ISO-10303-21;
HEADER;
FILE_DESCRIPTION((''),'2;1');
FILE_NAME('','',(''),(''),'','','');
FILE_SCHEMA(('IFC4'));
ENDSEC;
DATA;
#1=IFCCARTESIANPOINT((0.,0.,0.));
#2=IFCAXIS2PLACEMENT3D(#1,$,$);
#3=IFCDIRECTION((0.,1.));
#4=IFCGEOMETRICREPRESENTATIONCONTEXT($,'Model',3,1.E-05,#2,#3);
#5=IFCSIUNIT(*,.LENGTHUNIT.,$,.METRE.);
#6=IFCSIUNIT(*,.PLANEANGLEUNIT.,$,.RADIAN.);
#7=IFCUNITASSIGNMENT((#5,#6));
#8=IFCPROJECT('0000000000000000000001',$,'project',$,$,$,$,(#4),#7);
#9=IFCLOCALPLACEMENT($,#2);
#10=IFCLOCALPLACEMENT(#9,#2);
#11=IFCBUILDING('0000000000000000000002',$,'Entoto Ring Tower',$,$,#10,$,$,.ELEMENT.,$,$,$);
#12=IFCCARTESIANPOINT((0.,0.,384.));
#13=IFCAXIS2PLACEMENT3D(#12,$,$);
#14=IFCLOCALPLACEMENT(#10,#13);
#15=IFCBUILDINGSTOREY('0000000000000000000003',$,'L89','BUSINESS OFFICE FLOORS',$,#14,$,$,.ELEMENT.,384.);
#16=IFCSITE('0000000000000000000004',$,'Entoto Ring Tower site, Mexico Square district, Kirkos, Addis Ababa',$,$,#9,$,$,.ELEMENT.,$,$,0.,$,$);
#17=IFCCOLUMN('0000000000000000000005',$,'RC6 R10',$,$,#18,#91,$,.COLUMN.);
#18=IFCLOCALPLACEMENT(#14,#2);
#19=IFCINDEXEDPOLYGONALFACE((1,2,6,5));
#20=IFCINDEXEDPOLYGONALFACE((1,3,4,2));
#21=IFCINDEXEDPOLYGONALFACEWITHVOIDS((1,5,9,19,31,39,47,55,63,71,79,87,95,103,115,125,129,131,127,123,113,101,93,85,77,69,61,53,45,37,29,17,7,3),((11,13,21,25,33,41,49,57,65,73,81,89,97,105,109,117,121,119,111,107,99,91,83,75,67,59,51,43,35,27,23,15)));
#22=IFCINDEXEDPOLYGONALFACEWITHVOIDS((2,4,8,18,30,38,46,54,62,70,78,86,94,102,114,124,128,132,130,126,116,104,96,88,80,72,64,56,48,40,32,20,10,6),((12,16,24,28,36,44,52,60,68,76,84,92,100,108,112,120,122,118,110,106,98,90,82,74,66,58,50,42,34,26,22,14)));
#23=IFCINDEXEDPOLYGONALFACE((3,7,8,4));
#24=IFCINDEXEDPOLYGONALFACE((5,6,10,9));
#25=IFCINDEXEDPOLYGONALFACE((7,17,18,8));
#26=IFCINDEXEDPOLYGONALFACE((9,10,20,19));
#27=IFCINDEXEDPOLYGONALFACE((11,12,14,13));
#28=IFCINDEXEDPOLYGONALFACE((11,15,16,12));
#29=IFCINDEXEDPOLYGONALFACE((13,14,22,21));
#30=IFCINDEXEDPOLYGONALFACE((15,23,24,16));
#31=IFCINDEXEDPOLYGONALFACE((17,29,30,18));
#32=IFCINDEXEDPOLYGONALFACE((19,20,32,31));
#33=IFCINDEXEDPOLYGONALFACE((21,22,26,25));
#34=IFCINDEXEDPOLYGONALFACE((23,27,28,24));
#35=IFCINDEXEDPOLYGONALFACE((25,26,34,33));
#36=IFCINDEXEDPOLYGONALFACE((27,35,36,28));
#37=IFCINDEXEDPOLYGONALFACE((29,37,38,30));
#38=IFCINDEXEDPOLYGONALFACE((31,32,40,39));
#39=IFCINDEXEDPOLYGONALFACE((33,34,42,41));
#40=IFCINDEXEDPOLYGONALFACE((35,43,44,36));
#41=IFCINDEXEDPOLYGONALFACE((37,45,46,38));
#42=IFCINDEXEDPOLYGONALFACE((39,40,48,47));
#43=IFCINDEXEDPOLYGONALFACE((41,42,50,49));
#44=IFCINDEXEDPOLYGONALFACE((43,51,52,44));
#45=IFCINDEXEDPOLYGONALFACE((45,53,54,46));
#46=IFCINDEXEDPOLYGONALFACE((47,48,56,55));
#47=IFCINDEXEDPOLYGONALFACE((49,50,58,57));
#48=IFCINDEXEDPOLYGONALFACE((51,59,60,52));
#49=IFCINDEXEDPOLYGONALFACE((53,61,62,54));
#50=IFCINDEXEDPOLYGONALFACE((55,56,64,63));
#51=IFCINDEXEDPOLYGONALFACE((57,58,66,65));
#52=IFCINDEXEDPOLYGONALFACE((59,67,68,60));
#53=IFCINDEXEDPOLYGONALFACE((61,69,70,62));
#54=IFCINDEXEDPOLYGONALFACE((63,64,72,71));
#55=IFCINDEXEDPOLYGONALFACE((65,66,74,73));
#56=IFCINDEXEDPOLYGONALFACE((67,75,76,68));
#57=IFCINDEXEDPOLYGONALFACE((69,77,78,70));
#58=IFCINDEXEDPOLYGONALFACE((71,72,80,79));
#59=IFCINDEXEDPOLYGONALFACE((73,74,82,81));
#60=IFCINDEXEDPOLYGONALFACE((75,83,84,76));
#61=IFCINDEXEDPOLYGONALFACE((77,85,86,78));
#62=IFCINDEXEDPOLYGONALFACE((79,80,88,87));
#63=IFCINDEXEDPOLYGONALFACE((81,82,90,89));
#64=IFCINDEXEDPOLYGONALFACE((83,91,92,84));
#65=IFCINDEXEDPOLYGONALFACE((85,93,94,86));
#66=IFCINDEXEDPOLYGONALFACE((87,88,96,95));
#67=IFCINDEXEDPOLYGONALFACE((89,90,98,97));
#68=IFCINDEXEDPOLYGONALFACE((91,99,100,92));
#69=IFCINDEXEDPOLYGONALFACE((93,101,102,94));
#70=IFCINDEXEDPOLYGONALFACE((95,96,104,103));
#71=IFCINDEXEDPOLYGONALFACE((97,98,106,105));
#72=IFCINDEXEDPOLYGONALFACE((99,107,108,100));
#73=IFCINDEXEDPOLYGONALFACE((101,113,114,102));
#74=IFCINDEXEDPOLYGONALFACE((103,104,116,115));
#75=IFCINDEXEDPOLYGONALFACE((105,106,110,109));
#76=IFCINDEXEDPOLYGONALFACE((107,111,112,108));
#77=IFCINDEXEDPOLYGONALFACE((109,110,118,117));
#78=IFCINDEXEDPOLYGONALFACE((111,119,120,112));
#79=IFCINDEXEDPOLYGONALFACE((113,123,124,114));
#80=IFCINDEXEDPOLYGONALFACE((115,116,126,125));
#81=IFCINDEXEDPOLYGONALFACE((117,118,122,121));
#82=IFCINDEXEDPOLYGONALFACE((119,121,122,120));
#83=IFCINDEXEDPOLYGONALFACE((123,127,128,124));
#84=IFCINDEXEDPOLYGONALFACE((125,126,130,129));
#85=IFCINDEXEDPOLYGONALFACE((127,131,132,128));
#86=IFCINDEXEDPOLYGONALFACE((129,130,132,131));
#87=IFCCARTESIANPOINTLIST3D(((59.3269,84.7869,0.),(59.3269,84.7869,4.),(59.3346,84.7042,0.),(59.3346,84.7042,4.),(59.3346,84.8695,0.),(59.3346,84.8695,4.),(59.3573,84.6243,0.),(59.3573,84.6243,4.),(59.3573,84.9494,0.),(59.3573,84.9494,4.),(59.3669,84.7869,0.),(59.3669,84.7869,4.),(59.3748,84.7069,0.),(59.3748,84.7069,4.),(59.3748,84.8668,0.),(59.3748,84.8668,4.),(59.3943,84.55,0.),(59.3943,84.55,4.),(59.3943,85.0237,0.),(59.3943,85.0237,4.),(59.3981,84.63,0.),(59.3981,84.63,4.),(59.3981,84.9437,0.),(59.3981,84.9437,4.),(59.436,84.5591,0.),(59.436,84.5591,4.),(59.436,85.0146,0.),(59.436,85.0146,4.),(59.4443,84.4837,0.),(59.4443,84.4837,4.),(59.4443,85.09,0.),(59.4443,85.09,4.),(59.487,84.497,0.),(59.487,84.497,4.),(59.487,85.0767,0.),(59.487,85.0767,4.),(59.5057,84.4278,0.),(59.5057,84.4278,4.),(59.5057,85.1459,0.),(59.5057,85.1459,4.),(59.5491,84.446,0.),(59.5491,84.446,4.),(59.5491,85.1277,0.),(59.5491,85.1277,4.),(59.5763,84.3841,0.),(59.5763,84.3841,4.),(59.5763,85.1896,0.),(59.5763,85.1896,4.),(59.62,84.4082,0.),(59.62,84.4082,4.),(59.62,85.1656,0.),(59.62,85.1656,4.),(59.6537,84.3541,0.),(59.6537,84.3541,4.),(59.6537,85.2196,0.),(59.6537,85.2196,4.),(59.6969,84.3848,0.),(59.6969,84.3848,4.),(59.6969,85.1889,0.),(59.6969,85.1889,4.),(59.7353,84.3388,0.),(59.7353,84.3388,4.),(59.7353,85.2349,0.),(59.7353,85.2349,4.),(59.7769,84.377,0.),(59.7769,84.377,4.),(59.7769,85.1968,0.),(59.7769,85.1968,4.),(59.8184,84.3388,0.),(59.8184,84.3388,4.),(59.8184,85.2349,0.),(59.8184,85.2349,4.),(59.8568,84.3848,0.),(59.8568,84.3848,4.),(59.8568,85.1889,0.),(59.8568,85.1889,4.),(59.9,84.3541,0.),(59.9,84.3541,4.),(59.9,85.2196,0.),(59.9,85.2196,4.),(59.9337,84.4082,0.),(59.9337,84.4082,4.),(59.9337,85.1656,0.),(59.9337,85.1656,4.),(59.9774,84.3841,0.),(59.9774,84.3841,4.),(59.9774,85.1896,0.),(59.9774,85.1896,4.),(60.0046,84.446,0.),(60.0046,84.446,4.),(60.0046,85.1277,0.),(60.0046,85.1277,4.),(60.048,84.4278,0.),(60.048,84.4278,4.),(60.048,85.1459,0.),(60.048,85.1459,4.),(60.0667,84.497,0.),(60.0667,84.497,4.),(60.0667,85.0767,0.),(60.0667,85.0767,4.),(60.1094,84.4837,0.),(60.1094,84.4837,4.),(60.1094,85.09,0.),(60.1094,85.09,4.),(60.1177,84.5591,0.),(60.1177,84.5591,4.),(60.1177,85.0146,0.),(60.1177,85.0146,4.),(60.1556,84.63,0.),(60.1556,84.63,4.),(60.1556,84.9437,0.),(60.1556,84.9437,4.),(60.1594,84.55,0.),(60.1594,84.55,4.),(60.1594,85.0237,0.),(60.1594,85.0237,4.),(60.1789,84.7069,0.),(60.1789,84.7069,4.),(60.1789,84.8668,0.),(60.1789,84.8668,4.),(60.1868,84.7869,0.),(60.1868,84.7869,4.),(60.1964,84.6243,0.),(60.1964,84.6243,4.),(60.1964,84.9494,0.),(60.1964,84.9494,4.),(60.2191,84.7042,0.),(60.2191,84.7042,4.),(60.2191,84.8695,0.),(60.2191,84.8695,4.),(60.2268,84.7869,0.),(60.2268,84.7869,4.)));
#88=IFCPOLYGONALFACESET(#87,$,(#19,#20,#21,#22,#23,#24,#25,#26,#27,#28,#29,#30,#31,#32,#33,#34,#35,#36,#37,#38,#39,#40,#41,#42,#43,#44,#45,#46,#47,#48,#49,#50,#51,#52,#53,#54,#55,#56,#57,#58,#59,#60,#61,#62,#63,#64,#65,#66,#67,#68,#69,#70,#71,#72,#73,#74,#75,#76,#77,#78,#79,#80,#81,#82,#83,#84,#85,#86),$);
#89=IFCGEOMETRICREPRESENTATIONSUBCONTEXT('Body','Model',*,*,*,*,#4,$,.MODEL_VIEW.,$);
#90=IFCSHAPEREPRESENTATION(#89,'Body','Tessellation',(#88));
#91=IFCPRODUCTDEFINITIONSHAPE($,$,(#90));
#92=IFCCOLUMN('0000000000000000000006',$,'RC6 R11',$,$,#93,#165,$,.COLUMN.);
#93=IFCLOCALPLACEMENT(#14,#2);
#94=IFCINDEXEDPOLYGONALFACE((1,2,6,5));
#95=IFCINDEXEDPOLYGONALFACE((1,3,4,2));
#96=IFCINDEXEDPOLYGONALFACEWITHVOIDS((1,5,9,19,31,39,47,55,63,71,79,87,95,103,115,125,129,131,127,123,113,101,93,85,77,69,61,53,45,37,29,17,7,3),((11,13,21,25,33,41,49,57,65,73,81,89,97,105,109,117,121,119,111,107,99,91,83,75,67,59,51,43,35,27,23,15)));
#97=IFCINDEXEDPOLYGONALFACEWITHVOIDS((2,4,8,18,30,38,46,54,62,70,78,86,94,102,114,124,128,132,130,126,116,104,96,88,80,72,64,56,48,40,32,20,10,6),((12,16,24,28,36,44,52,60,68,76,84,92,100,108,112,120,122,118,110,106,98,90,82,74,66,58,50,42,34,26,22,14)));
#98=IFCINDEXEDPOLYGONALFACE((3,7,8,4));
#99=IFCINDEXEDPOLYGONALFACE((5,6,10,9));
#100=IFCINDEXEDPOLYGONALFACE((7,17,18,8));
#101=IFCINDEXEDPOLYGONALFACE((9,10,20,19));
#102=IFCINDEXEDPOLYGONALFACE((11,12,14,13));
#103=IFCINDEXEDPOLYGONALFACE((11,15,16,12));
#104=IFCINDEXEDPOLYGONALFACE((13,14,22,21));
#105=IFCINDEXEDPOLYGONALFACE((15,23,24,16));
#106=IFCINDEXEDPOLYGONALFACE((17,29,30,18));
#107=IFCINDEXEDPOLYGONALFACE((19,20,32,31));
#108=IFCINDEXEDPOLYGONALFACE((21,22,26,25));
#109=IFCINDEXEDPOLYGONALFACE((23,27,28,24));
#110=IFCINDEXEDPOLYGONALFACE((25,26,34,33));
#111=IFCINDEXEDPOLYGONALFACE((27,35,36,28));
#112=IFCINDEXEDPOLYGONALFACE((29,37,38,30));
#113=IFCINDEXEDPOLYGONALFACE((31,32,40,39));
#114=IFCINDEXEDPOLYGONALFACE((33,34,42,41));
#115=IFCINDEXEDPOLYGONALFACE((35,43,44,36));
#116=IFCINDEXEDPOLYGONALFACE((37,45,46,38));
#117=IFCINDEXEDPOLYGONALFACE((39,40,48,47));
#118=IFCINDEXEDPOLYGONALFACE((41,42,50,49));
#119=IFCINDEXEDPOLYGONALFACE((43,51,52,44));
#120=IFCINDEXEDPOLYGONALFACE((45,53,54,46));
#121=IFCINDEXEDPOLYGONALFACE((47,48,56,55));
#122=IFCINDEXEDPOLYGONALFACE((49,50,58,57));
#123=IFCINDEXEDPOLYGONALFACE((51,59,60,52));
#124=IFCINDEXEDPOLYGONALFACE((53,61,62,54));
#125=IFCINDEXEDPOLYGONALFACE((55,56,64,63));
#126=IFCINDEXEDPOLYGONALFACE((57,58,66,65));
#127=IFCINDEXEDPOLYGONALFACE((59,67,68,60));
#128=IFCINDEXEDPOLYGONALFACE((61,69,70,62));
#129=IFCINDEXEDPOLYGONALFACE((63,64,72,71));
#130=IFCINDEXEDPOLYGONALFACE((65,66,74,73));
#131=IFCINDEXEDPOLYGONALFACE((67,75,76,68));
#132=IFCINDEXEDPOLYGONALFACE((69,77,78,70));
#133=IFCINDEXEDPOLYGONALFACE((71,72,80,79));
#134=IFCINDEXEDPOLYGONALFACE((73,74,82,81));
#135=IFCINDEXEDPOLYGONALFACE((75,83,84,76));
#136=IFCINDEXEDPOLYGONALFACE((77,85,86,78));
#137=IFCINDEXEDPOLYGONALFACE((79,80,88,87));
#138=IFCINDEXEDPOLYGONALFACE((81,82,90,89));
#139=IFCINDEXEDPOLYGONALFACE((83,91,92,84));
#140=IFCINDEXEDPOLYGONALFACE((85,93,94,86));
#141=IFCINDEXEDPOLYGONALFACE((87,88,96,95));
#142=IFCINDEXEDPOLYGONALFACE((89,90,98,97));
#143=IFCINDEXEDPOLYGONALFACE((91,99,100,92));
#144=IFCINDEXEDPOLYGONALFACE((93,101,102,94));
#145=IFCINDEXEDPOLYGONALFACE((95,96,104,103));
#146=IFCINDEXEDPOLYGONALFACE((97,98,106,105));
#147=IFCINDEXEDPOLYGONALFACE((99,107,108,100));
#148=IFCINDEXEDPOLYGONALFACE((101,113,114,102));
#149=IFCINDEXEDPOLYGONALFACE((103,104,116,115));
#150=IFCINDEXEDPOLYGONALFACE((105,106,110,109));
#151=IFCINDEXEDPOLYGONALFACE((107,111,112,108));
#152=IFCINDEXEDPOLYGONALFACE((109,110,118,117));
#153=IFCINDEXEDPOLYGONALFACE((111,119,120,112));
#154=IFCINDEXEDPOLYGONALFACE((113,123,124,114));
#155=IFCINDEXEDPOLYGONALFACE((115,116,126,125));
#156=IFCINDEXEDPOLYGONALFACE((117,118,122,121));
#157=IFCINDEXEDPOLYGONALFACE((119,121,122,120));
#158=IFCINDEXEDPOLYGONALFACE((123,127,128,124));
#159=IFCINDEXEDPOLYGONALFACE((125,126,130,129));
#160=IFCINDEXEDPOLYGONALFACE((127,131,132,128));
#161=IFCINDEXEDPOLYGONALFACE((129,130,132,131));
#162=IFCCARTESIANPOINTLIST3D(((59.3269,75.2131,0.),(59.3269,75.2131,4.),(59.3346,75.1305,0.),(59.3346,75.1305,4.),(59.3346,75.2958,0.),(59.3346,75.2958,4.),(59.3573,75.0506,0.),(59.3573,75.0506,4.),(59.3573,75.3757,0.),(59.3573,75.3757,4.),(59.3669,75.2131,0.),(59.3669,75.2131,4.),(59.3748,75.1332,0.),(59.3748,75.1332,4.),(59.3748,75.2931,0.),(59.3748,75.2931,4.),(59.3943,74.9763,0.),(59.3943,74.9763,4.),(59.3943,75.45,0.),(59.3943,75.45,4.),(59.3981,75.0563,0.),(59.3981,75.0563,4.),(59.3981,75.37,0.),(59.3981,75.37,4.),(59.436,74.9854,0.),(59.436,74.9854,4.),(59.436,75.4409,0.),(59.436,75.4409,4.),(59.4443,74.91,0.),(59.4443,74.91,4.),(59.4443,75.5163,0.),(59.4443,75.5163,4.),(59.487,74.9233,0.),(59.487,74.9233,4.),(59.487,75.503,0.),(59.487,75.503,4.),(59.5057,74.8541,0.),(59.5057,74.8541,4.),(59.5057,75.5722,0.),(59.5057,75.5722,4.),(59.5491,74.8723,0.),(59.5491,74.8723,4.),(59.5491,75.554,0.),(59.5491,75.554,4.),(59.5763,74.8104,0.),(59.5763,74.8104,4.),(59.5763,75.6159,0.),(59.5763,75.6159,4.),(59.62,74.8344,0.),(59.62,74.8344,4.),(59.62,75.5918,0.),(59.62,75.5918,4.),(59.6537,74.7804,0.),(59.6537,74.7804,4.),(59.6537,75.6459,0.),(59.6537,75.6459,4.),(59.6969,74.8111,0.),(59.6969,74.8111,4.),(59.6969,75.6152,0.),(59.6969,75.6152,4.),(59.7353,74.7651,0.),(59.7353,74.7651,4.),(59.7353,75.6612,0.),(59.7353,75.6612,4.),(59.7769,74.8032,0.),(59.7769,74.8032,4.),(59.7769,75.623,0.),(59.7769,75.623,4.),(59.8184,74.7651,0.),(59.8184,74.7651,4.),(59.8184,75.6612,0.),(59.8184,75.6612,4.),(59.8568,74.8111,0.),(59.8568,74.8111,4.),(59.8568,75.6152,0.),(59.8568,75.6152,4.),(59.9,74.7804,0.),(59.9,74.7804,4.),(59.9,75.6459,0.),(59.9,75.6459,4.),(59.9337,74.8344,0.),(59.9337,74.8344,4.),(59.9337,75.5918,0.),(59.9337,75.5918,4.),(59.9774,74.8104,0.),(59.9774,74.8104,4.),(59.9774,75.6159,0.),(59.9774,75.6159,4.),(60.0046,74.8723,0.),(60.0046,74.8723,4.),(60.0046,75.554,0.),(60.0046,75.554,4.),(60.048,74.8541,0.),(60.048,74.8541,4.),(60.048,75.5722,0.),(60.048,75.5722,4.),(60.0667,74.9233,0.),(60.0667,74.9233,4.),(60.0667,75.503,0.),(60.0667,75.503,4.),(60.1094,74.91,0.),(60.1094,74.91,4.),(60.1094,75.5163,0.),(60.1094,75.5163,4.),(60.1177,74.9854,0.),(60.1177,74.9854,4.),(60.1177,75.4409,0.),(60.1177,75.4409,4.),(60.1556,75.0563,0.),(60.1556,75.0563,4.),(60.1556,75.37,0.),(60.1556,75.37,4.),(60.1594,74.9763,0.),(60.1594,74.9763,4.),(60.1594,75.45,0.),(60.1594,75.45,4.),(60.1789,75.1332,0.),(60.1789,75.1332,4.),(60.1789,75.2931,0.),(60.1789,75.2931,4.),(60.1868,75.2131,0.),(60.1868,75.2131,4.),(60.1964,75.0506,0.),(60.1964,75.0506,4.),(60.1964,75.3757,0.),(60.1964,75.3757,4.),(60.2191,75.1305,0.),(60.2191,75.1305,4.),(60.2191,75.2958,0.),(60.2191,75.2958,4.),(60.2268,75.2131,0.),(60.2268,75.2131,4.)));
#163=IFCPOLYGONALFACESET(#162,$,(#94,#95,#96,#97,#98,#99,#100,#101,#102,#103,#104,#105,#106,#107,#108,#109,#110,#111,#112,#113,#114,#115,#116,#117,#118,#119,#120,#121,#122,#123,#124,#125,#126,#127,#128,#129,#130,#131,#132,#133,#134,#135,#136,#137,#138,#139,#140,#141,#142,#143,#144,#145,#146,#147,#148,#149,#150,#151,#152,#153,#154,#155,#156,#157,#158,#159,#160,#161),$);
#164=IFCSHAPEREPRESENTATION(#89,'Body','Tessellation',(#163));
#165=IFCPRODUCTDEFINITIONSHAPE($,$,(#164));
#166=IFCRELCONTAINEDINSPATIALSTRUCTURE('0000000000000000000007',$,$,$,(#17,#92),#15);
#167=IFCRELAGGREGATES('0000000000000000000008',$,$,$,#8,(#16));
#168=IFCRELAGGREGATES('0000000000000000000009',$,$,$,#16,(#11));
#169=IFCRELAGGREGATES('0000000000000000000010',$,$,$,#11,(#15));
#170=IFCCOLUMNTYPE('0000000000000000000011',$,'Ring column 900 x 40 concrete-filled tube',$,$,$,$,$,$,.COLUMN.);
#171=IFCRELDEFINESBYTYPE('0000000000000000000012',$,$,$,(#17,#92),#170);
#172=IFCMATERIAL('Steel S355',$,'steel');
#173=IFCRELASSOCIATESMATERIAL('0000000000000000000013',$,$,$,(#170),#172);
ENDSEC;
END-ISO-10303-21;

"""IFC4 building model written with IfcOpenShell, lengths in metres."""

from ifc_helpers import new_model, si_unit, direction, frame, origin, origin_2d, place, context, subcontext, project, spatial, circle, hollow_circle, extrude, material, material_profile, profile_set, type_object, element, save


model = new_model("IFC4")

# Units and contexts
model_context = context("Model", 3, precision=1e-05, world=origin(), true_north=direction((0.0, 1.0)))
body_context = subcontext(model_context, "Body", "Model", "MODEL_VIEW")
ifc_project = project(units=[si_unit("LENGTHUNIT", "METRE"), si_unit("PLANEANGLEUNIT", "RADIAN")], contexts=[model_context])

# Site, building, storey
site_placement = place(None, origin())
site = spatial("IfcSite", under=ifc_project, at=site_placement, Name="Entoto Ring Tower site, Mexico Square district, Kirkos, Addis Ababa", CompositionType="ELEMENT", RefElevation=0.0)
building_placement = place(site_placement, origin())
building = spatial("IfcBuilding", under=site, at=building_placement, Name="Entoto Ring Tower", CompositionType="ELEMENT")
storey_placement = place(building_placement, frame((0.0, 0.0, 384.0)))
storey = spatial("IfcBuildingStorey", under=building, at=storey_placement, Name="L89", Description="BUSINESS OFFICE FLOORS", CompositionType="ELEMENT", Elevation=384.0)

# Columns
ifc_material_1 = material(Name="Steel S355", Category="steel")
ifc_material_profile_1 = material_profile(ifc_material_1, hollow_circle(Radius=0.45, WallThickness=0.04, at=origin_2d()), Name="CHS 900 x 40")
ifc_material_2 = material(Name="Concrete C60/75", Category="concrete")
ifc_material_profile_2 = material_profile(ifc_material_2, circle(Radius=0.4099, at=origin_2d()), Name="Concrete C60/75 infill")
ifc_profile_set_1 = profile_set([ifc_material_profile_1, ifc_material_profile_2], Name="Steel S355")
column_type = type_object("IfcColumnType", Name="Ring column 900 x 40 concrete-filled tube", PredefinedType="COLUMN", material=ifc_profile_set_1)
for number, where, z_axis, x_axis, name in (
    (1, (59.7769, 84.7869, 0.0), (0.0, 0.0, 1.0), (1.0, 0.0, 0.0), "RC6 R10"),
    (2, (59.7769, 75.2131, 0.0), (0.0, 0.0, 1.0), (1.0, 0.0, 0.0), "RC6 R11"),
):
    element("IfcColumn", number, at=place(storey_placement, frame(where, z_axis=z_axis, x_axis=x_axis)), inside=storey, type_object=column_type, Name=name, PredefinedType="COLUMN", context=body_context, shape_type="SweptSolid", body=[
        extrude(hollow_circle(Radius=0.45, WallThickness=0.04, at=origin_2d()), origin(), (0.0, 0.0, 1.0), 4.0),
    ])

save(model, "model.ifc")
